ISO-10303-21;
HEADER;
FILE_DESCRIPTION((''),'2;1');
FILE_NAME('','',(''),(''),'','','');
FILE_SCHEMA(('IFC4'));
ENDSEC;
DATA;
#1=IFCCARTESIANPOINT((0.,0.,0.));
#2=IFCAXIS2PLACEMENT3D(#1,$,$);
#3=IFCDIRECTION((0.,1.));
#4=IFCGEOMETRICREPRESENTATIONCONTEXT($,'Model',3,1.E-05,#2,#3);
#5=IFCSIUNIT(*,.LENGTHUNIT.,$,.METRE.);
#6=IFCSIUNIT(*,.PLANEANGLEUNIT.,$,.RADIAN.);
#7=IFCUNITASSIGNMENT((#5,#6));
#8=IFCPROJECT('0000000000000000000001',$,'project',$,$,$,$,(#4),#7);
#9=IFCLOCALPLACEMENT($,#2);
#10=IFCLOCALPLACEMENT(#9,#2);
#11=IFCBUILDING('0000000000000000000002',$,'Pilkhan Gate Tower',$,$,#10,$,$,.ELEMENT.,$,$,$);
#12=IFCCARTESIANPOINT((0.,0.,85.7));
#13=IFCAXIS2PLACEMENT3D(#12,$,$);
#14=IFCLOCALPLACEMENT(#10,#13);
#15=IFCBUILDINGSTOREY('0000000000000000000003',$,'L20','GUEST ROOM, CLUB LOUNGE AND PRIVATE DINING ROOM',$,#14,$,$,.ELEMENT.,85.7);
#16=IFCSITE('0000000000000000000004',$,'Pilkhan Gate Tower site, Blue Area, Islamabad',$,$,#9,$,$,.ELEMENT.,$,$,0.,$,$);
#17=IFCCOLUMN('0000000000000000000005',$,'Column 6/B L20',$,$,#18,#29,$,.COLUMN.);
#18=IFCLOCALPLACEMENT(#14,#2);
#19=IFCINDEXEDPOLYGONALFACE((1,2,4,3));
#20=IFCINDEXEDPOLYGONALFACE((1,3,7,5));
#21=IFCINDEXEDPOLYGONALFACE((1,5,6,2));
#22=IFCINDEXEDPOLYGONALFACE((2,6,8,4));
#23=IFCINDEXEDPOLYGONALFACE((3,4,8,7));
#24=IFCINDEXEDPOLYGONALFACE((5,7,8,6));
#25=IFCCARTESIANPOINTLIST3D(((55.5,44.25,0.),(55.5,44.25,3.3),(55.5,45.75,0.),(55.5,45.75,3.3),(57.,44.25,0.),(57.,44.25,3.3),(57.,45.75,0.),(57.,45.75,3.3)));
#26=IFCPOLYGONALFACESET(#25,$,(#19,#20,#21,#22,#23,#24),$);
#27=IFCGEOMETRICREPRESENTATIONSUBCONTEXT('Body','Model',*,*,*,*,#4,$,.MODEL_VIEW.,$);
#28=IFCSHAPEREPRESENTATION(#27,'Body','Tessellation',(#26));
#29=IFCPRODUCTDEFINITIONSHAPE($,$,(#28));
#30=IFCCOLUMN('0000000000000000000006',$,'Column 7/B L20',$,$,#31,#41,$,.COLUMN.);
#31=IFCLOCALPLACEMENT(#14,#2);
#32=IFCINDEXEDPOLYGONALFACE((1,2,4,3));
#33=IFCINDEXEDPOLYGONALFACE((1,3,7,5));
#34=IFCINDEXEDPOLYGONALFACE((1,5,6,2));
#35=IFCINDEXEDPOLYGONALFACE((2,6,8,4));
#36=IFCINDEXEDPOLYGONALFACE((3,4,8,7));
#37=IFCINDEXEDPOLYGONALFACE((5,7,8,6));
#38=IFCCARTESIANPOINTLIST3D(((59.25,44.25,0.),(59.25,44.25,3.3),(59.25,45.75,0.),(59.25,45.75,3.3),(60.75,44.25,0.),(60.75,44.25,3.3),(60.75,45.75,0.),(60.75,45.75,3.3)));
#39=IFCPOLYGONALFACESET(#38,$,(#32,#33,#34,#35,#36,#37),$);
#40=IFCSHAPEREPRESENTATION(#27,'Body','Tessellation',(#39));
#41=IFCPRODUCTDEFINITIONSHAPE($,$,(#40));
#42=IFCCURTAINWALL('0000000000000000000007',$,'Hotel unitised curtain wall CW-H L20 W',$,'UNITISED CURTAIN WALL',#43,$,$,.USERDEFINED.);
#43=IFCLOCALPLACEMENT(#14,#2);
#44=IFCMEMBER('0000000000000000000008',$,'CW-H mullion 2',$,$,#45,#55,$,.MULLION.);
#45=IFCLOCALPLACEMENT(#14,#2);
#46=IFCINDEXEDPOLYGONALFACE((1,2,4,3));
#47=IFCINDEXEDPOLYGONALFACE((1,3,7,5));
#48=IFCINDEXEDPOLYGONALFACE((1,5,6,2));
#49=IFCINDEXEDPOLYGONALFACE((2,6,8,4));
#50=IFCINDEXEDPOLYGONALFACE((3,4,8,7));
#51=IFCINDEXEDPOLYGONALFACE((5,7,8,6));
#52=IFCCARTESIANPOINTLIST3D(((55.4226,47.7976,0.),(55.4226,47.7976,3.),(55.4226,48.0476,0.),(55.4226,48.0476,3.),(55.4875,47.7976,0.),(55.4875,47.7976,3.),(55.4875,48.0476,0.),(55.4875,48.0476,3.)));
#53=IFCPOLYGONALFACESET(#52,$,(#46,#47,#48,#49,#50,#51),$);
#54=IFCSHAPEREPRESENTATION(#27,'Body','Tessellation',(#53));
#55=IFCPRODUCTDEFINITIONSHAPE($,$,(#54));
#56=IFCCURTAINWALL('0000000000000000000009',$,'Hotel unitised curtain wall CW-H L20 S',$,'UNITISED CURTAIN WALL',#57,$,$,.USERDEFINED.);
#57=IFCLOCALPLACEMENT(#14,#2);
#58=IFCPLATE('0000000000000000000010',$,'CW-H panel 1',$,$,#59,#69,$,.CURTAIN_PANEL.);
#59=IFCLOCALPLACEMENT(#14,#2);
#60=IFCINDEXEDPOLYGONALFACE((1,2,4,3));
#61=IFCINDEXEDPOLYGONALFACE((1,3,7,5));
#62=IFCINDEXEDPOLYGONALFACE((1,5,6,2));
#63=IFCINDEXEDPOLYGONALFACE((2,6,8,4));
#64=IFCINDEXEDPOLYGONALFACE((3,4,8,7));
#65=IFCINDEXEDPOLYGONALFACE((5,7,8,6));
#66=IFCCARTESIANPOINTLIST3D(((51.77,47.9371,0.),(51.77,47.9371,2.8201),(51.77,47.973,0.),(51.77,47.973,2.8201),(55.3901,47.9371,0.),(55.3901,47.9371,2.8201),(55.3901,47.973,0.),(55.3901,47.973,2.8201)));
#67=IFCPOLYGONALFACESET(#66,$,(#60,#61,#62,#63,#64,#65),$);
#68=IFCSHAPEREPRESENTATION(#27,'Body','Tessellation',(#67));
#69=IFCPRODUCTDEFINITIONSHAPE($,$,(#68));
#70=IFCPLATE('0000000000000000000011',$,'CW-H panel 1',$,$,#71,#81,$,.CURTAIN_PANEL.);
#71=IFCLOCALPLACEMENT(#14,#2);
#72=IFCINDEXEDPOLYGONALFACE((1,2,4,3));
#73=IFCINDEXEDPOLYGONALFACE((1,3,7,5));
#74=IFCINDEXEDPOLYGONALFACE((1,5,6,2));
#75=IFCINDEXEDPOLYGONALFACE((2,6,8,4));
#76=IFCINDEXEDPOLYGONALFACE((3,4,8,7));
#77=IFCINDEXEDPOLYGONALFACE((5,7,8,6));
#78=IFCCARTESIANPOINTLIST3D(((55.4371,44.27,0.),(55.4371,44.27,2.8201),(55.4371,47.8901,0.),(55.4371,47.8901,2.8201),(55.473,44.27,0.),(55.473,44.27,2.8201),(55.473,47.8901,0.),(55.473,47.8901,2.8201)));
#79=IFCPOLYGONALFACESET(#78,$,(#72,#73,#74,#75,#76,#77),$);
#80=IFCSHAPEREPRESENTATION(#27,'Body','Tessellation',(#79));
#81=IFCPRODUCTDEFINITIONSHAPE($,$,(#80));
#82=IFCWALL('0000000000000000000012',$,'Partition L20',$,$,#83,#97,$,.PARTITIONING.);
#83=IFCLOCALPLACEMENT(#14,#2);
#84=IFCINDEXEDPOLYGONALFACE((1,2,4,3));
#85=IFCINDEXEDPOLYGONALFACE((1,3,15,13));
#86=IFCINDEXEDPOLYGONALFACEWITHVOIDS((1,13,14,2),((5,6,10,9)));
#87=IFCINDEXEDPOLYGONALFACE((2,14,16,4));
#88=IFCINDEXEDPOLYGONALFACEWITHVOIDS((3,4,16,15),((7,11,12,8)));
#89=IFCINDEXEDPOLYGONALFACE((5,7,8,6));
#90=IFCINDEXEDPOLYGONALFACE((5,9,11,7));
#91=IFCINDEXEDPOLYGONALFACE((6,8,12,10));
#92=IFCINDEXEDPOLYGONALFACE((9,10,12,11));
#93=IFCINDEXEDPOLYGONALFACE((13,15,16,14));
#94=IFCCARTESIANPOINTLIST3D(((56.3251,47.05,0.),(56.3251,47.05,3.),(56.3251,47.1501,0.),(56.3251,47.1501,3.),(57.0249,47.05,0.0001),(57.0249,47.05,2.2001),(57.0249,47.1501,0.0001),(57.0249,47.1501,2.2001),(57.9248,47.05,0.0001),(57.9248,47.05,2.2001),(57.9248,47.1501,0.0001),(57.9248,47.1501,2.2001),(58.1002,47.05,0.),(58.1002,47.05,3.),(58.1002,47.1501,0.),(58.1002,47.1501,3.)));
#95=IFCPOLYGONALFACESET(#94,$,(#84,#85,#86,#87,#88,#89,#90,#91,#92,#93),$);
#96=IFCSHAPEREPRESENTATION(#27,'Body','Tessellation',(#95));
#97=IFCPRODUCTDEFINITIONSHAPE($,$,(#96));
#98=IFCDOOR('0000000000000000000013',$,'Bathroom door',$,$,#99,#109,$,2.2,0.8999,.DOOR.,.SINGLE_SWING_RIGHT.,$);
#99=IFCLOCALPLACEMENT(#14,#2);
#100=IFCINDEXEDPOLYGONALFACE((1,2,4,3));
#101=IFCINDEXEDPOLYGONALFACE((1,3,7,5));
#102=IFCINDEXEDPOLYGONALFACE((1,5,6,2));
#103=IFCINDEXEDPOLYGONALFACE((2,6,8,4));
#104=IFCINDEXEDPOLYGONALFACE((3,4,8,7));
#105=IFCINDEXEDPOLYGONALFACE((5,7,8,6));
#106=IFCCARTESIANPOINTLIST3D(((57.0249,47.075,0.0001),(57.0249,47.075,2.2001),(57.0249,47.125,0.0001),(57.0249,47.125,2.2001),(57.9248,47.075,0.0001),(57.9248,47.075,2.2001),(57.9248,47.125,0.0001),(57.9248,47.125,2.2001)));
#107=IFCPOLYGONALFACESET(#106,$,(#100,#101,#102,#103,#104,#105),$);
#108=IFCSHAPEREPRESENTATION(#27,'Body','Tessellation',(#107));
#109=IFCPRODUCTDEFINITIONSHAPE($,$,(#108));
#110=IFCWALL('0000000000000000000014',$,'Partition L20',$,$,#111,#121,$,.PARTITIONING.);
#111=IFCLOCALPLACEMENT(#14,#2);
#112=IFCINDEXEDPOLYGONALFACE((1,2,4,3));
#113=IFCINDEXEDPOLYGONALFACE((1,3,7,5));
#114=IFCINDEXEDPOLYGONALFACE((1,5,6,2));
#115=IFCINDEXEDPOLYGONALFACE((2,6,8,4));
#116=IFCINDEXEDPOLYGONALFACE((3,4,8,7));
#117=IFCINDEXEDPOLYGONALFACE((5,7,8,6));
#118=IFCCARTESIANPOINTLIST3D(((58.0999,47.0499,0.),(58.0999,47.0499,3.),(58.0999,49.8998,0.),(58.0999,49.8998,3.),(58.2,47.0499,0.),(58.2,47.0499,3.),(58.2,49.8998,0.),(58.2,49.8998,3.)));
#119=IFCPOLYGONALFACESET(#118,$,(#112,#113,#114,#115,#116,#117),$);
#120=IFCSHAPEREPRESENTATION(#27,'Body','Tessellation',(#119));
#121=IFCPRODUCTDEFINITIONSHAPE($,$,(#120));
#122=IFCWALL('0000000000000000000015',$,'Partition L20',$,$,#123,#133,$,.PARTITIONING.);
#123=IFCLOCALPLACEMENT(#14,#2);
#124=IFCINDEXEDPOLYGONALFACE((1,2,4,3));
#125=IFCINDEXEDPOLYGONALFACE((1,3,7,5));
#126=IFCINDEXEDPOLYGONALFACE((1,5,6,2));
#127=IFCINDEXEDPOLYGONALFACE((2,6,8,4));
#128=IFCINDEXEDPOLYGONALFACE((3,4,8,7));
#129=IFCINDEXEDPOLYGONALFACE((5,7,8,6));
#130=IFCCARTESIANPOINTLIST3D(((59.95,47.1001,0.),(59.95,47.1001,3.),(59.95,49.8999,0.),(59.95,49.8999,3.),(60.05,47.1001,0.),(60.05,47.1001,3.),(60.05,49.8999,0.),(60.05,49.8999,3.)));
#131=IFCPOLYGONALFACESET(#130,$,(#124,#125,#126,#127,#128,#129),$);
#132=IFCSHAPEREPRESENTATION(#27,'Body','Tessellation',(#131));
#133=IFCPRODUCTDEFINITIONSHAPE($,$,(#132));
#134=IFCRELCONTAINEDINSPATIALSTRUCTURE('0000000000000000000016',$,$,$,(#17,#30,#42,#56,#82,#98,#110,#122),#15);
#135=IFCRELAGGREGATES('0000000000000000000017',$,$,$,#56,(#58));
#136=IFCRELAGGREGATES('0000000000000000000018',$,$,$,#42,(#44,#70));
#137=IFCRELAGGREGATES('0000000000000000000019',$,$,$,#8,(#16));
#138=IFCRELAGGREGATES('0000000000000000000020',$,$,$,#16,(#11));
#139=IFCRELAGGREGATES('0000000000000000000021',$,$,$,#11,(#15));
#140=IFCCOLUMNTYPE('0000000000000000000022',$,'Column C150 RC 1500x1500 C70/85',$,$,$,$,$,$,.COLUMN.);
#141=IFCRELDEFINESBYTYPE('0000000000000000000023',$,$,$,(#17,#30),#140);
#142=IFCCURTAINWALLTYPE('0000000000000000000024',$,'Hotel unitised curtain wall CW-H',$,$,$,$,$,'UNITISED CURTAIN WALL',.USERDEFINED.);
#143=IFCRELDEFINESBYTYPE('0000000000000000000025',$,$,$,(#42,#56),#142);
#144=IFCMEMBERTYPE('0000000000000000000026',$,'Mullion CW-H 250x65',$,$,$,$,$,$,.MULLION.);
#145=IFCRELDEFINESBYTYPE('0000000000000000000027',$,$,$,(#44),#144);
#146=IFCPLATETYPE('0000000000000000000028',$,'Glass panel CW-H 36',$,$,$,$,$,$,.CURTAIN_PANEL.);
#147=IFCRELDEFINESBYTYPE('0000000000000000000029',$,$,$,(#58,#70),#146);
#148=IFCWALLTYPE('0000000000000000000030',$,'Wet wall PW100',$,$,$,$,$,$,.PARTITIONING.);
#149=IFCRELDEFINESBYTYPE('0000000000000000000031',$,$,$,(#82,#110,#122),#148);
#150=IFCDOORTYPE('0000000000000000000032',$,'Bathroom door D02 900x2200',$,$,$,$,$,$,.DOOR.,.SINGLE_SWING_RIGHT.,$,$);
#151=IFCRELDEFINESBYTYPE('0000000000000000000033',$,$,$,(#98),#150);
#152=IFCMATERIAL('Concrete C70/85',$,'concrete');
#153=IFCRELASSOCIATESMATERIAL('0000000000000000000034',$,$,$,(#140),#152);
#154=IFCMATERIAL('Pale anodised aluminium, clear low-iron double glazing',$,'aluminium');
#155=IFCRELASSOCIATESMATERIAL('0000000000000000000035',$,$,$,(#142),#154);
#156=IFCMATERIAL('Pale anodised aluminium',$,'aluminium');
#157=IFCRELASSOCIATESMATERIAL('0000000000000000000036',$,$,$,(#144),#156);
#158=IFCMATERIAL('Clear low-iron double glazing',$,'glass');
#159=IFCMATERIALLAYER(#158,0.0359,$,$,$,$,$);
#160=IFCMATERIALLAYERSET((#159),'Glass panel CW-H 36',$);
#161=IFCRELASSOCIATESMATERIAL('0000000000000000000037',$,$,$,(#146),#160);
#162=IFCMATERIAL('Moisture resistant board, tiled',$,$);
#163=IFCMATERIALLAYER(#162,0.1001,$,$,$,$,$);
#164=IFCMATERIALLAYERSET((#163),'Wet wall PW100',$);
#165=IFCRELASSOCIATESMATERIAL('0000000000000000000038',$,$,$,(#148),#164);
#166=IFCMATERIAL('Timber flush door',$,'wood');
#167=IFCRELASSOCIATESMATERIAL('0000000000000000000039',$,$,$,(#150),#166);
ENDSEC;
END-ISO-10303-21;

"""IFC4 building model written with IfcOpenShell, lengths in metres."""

from ifc_helpers import new_model, si_unit, direction, frame, frame_2d, origin, origin_2d, place, context, subcontext, project, spatial, rectangle, extrude, material, layer, layer_set, material_profile, profile_set, type_object, element, fill, aggregate, save


model = new_model("IFC4")

# Units and contexts
model_context = context("Model", 3, precision=1e-05, world=origin(), true_north=direction((0.0, 1.0)))
body_context = subcontext(model_context, "Body", "Model", "MODEL_VIEW")
ifc_project = project(units=[si_unit("LENGTHUNIT", "METRE"), si_unit("PLANEANGLEUNIT", "RADIAN")], contexts=[model_context])

# Site, building, storey
site_placement = place(None, origin())
site = spatial("IfcSite", under=ifc_project, at=site_placement, Name="Pilkhan Gate Tower site, Blue Area, Islamabad", CompositionType="ELEMENT", RefElevation=0.0)
building_placement = place(site_placement, origin())
building = spatial("IfcBuilding", under=site, at=building_placement, Name="Pilkhan Gate Tower", CompositionType="ELEMENT")
storey_placement = place(building_placement, frame((0.0, 0.0, 85.7)))
storey = spatial("IfcBuildingStorey", under=building, at=storey_placement, Name="L20", Description="GUEST ROOM, CLUB LOUNGE AND PRIVATE DINING ROOM", CompositionType="ELEMENT", Elevation=85.7)

# Columns
ifc_material_1 = material(Name="Concrete C70/85", Category="concrete")
ifc_material_profile_1 = material_profile(ifc_material_1, rectangle(XDim=1.5, YDim=1.5, at=origin_2d()), Name="RC 1500x1500")
ifc_profile_set_1 = profile_set([ifc_material_profile_1], Name="Concrete C70/85")
column_type = type_object("IfcColumnType", Name="Column C150 RC 1500x1500 C70/85", PredefinedType="COLUMN", material=ifc_profile_set_1)
for number, where, z_axis, x_axis, name in (
    (1, (56.25, 45.0, 0.0), (0.0, 0.0, 1.0), (1.0, 0.0, 0.0), "Column 6/B L20"),
    (2, (60.0, 45.0, 0.0), (0.0, 0.0, 1.0), (1.0, 0.0, 0.0), "Column 7/B L20"),
):
    element("IfcColumn", number, at=place(storey_placement, frame(where, z_axis=z_axis, x_axis=x_axis)), inside=storey, type_object=column_type, Name=name, PredefinedType="COLUMN", context=body_context, shape_type="SweptSolid", body=[
        extrude(rectangle(XDim=1.5, YDim=1.5, at=origin_2d()), origin(), (0.0, 0.0, 1.0), 3.3),
    ])

# Curtain wall, member
ifc_material_2 = material(Name="Pale anodised aluminium, clear low-iron double glazing", Category="aluminium")
curtain_wall_type = type_object("IfcCurtainWallType", Name="Hotel unitised curtain wall CW-H", ElementType="UNITISED CURTAIN WALL", PredefinedType="USERDEFINED", material=ifc_material_2)
curtain_wall_1_placement = place(storey_placement, origin())
curtain_wall_1 = element("IfcCurtainWall", 3, at=curtain_wall_1_placement, inside=storey, type_object=curtain_wall_type, Name="Hotel unitised curtain wall CW-H L20 W", ObjectType="UNITISED CURTAIN WALL", PredefinedType="USERDEFINED")
ifc_material_3 = material(Name="Pale anodised aluminium", Category="aluminium")
ifc_material_profile_2 = material_profile(ifc_material_3, rectangle(XDim=0.0649, YDim=0.25, at=origin_2d()), Name="Mullion 250x65")
ifc_profile_set_2 = profile_set([ifc_material_profile_2], Name="Pale anodised aluminium")
member_type = type_object("IfcMemberType", Name="Mullion CW-H 250x65", PredefinedType="MULLION", material=ifc_profile_set_2)
member_placement = place(storey_placement, frame((55.4551, 47.9226, 0.0), z_axis=(0.0, 0.0, 1.0), x_axis=(-1.0, 0.0, 0.0)))
member = element("IfcMember", 4, at=member_placement, type_object=member_type, Name="CW-H mullion 2", PredefinedType="MULLION", context=body_context, shape_type="SweptSolid", body=[
    extrude(rectangle(XDim=0.0649, YDim=0.25, at=origin_2d()), origin(), (0.0, 0.0, 1.0), 3.0),
])

# Curtain wall, plate
curtain_wall_2_placement = place(storey_placement, origin())
curtain_wall_2 = element("IfcCurtainWall", 5, at=curtain_wall_2_placement, inside=storey, type_object=curtain_wall_type, Name="Hotel unitised curtain wall CW-H L20 S", ObjectType="UNITISED CURTAIN WALL", PredefinedType="USERDEFINED")
ifc_material_4 = material(Name="Clear low-iron double glazing", Category="glass")
ifc_layer_1 = layer(ifc_material_4, 0.0359)
ifc_layer_set_1 = layer_set([ifc_layer_1], Name="Glass panel CW-H 36")
plate_type = type_object("IfcPlateType", Name="Glass panel CW-H 36", PredefinedType="CURTAIN_PANEL", material=ifc_layer_set_1)
plate_1_placement = place(storey_placement, frame((53.5801, 47.9551, 0.0), z_axis=(0.0, 0.0, 1.0), x_axis=(1.0, 0.0, 0.0)))
plate_1 = element("IfcPlate", 6, at=plate_1_placement, type_object=plate_type, Name="CW-H panel 1", PredefinedType="CURTAIN_PANEL", context=body_context, shape_type="SweptSolid", body=[
    extrude(rectangle(XDim=3.6201, YDim=0.0359, at=origin_2d()), origin(), (0.0, 0.0, 1.0), 2.8201),
])
aggregate(curtain_wall_2, [plate_1])

# Plate
plate_2_placement = place(storey_placement, frame((55.4551, 46.0801, 0.0), z_axis=(0.0, 0.0, 1.0), x_axis=(0.0, 1.0, 0.0)))
plate_2 = element("IfcPlate", 7, at=plate_2_placement, type_object=plate_type, Name="CW-H panel 1", PredefinedType="CURTAIN_PANEL", context=body_context, shape_type="SweptSolid", body=[
    extrude(rectangle(XDim=3.6201, YDim=0.0359, at=origin_2d()), origin(), (0.0, 0.0, 1.0), 2.8201),
])
aggregate(curtain_wall_1, [member, plate_2])

# Wall, opening, door
ifc_material_5 = material(Name="Moisture resistant board, tiled")
ifc_layer_2 = layer(ifc_material_5, 0.1001)
ifc_layer_set_2 = layer_set([ifc_layer_2], Name="Wet wall PW100")
wall_type = type_object("IfcWallType", Name="Wet wall PW100", PredefinedType="PARTITIONING", material=ifc_layer_set_2)
wall_1_placement = place(storey_placement, frame((56.325, 47.1001, 0.0), z_axis=(0.0, 0.0, 1.0), x_axis=(1.0, 0.0, 0.0)))
wall_1 = element("IfcWall", 8, at=wall_1_placement, inside=storey, type_object=wall_type, Name="Partition L20", PredefinedType="PARTITIONING", context=body_context, shape_type="SweptSolid", body=[
    extrude(rectangle(XDim=1.7751, YDim=0.1001, at=frame_2d((0.8877, 0.0))), origin(), (0.0, 0.0, 1.0), 3.0),
])
opening_placement = place(wall_1_placement, frame((0.7, 0.0, 0.0)))
opening = element("IfcOpeningElement", 9, at=opening_placement, cuts=wall_1, PredefinedType="OPENING", context=body_context, shape_type="SweptSolid", body=[
    extrude(rectangle(XDim=0.8999, YDim=2.2, at=frame_2d((0.45, 1.1001))), frame((0.0, 0.0601, 0.0), z_axis=(0.0, -1.0, 0.0), x_axis=(1.0, 0.0, 0.0)), (0.0, 0.0, 1.0), 0.1201),
])
ifc_material_6 = material(Name="Timber flush door", Category="wood")
door_type = type_object("IfcDoorType", Name="Bathroom door D02 900x2200", OperationType="SINGLE_SWING_RIGHT", PredefinedType="DOOR", material=ifc_material_6)
door_placement = place(opening_placement, origin())
door = element("IfcDoor", 10, at=door_placement, inside=storey, type_object=door_type, Name="Bathroom door", OperationType="SINGLE_SWING_RIGHT", OverallHeight=2.2, OverallWidth=0.8999, PredefinedType="DOOR", context=body_context, shape_type="SweptSolid", body=[
    extrude(rectangle(XDim=0.8999, YDim=2.2, at=frame_2d((0.45, 1.1001))), frame((0.0, 0.0249, 0.0), z_axis=(0.0, -1.0, 0.0), x_axis=(1.0, 0.0, 0.0)), (0.0, 0.0, 1.0), 0.05),
])
fill(opening, door)

# Walls
wall_2_placement = place(storey_placement, frame((58.1499, 47.05, 0.0), z_axis=(0.0, 0.0, 1.0), x_axis=(0.0, 1.0, 0.0)))
element("IfcWall", 11, at=wall_2_placement, inside=storey, type_object=wall_type, Name="Partition L20", PredefinedType="PARTITIONING", context=body_context, shape_type="SweptSolid", body=[
    extrude(rectangle(XDim=2.8499, YDim=0.1001, at=frame_2d((1.4248, 0.0))), origin(), (0.0, 0.0, 1.0), 3.0),
])
wall_3_placement = place(storey_placement, frame((60.0, 47.1001, 0.0), z_axis=(0.0, 0.0, 1.0), x_axis=(0.0, 1.0, 0.0)))
element("IfcWall", 12, at=wall_3_placement, inside=storey, type_object=wall_type, Name="Partition L20", PredefinedType="PARTITIONING", context=body_context, shape_type="SweptSolid", body=[
    extrude(rectangle(XDim=2.7998, YDim=0.1001, at=frame_2d((1.3999, 0.0))), origin(), (0.0, 0.0, 1.0), 3.0),
])

save(model, "model.ifc")
